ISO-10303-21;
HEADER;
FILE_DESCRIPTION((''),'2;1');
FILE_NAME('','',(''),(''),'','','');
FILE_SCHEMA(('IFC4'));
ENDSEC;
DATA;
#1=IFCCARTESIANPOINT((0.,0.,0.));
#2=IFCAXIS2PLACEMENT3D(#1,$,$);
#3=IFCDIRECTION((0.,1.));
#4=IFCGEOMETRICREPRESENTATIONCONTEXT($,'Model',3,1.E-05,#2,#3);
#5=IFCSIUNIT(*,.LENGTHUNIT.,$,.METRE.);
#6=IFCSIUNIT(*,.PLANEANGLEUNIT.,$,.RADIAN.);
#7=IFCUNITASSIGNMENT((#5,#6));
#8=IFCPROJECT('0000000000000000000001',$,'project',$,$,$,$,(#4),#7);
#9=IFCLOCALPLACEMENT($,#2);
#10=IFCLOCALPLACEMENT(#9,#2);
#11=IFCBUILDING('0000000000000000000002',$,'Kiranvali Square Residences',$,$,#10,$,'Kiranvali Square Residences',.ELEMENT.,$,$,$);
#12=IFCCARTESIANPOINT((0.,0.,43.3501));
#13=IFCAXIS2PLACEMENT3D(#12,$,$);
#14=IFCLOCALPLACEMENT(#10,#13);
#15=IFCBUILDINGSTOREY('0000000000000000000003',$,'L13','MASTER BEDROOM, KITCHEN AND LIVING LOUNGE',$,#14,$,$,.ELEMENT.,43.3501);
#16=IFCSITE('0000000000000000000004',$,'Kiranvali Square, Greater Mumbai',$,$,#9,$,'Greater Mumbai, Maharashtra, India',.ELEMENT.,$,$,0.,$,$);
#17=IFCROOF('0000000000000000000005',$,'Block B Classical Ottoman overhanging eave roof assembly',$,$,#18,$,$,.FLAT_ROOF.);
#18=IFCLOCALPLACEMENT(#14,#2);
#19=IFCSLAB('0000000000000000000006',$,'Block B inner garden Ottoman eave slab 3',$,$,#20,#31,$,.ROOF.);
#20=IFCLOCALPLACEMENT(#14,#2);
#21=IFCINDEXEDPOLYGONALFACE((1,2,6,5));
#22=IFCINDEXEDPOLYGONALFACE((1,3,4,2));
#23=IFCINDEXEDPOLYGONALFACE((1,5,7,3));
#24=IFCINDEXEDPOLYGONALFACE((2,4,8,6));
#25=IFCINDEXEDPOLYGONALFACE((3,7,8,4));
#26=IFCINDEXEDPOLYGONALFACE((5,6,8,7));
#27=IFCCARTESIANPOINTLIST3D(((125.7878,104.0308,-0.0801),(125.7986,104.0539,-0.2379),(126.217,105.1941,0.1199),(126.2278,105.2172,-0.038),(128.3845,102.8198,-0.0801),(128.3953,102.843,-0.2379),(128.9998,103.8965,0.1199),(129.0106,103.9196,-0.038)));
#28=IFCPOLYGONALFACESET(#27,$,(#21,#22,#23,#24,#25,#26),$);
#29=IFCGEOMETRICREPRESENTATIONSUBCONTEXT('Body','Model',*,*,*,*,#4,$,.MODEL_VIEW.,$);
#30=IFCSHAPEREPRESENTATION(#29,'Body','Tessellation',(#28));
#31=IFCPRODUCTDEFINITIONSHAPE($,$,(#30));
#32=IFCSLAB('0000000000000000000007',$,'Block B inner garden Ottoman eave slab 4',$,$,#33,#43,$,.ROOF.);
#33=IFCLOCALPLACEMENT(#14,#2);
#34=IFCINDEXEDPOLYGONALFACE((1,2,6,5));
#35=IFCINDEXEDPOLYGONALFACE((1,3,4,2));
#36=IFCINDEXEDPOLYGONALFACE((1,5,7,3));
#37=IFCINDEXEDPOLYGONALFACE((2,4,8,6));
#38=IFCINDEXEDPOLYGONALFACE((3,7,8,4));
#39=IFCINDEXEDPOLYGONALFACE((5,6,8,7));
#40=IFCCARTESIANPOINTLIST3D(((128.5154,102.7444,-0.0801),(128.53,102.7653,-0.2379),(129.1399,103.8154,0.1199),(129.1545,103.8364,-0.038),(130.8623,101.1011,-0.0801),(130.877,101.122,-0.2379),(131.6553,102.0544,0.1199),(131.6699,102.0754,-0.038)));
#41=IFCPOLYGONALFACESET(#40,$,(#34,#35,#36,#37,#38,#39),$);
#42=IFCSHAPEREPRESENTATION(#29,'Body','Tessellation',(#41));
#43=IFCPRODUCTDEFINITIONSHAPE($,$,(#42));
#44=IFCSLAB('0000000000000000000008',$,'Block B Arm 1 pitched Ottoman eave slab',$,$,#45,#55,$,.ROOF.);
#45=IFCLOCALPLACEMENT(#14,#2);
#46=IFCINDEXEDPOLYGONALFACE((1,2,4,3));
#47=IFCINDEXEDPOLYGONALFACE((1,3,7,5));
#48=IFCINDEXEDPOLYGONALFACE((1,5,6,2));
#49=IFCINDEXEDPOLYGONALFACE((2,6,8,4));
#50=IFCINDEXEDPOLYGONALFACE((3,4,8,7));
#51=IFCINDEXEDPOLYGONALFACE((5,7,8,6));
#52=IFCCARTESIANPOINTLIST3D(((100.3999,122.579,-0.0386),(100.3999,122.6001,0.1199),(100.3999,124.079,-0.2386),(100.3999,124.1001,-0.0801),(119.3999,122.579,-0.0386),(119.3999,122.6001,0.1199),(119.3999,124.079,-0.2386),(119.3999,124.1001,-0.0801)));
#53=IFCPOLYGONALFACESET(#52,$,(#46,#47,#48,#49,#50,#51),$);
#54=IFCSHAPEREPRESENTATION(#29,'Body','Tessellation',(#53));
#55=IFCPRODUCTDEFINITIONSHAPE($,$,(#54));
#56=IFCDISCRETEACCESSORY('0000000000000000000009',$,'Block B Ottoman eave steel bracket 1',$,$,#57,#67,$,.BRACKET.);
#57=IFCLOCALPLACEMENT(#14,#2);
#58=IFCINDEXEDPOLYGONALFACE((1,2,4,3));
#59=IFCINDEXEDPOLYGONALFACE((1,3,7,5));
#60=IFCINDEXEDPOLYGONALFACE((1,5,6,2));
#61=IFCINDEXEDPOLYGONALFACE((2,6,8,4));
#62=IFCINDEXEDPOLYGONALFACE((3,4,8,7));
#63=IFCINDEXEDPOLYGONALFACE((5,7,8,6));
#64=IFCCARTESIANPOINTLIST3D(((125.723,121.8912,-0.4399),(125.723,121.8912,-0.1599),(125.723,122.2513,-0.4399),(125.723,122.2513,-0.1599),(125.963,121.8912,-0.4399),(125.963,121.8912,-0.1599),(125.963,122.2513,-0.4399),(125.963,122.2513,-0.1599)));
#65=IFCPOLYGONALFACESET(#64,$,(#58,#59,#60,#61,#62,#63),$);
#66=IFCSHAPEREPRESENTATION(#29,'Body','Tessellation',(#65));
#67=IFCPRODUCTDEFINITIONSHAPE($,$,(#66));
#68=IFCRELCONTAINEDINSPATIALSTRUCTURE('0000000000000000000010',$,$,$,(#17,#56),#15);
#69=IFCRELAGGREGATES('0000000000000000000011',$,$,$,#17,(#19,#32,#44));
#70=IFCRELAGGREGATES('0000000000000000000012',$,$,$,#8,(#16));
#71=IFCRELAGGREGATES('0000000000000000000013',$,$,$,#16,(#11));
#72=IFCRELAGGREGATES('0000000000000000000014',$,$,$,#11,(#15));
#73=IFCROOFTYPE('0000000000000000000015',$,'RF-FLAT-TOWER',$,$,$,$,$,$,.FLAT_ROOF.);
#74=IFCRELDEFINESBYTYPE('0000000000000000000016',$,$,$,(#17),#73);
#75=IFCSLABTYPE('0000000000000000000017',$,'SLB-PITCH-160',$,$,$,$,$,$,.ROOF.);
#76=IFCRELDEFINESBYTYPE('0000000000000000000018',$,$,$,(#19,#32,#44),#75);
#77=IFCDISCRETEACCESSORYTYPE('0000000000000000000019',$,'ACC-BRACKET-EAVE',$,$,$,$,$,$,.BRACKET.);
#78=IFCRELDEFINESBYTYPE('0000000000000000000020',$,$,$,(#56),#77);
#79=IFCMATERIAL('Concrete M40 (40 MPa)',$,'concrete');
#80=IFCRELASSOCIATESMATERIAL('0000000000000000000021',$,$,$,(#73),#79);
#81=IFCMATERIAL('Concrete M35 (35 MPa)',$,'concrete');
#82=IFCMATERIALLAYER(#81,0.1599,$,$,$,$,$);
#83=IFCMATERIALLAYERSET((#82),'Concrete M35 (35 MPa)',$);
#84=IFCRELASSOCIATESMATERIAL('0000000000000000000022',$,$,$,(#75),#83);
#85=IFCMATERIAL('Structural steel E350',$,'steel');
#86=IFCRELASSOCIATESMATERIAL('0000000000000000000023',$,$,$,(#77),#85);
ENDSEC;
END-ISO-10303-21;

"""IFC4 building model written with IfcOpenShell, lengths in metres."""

from ifc_helpers import new_model, si_unit, direction, frame, origin, origin_2d, place, context, subcontext, project, spatial, polyline, rectangle, outline, extrude, material, layer, layer_set, type_object, element, aggregate, save


model = new_model("IFC4")

# Units and contexts
model_context = context("Model", 3, precision=1e-05, world=origin(), true_north=direction((0.0, 1.0)))
body_context = subcontext(model_context, "Body", "Model", "MODEL_VIEW")
ifc_project = project(units=[si_unit("LENGTHUNIT", "METRE"), si_unit("PLANEANGLEUNIT", "RADIAN")], contexts=[model_context])

# Site, building, storey
site_placement = place(None, origin())
site = spatial("IfcSite", under=ifc_project, at=site_placement, Name="Kiranvali Square, Greater Mumbai", LongName="Greater Mumbai, Maharashtra, India", CompositionType="ELEMENT", RefElevation=0.0)
building_placement = place(site_placement, origin())
building = spatial("IfcBuilding", under=site, at=building_placement, Name="Kiranvali Square Residences", LongName="Kiranvali Square Residences", CompositionType="ELEMENT")
storey_placement = place(building_placement, frame((0.0, 0.0, 43.3501)))
storey = spatial("IfcBuildingStorey", under=building, at=storey_placement, Name="L13", Description="MASTER BEDROOM, KITCHEN AND LIVING LOUNGE", CompositionType="ELEMENT", Elevation=43.3501)

# Shared definitions
ifc_material_1 = material(Name="Structural steel E350", Category="steel")

# Roof, slabs
ifc_material_2 = material(Name="Concrete M40 (40 MPa)", Category="concrete")
roof_type = type_object("IfcRoofType", Name="RF-FLAT-TOWER", PredefinedType="FLAT_ROOF", material=ifc_material_2)
roof_placement = place(storey_placement, origin())
roof = element("IfcRoof", 1, at=roof_placement, inside=storey, type_object=roof_type, Name="Block B Classical Ottoman overhanging eave roof assembly", PredefinedType="FLAT_ROOF")
ifc_material_3 = material(Name="Concrete M35 (35 MPa)", Category="concrete")
ifc_layer_1 = layer(ifc_material_3, 0.1599)
ifc_layer_set_1 = layer_set([ifc_layer_1], Name="Concrete M35 (35 MPa)")
slab_type = type_object("IfcSlabType", Name="SLB-PITCH-160", PredefinedType="ROOF", material=ifc_layer_set_1)
slab_1_placement = place(storey_placement, frame((126.217, 105.1941, 0.1199), z_axis=(-0.067506, -0.144761, 0.987161), x_axis=(0.906307, -0.42262, 0.000002)))
slab_1 = element("IfcSlab", 2, at=slab_1_placement, type_object=slab_type, Name="Block B inner garden Ottoman eave slab 3", PredefinedType="ROOF", context=body_context, shape_type="SweptSolid", body=[
    extrude(outline(polyline([(0.0, 0.0), (3.0704, 0.0), (2.9678, -1.2519), (0.1027, -1.2518), (0.0, 0.0)])), origin(), (0.0, 0.0, -1.0), 0.1599),
])
slab_2_placement = place(storey_placement, frame((129.1399, 103.8154, 0.1199), z_axis=(-0.091616, -0.130854, 0.987159), x_axis=(0.819198, -0.573511, 0.000006)))
slab_2 = element("IfcSlab", 3, at=slab_2_placement, type_object=slab_type, Name="Block B inner garden Ottoman eave slab 4", PredefinedType="ROOF", context=body_context, shape_type="SweptSolid", body=[
    extrude(outline(polyline([(0.0, 0.0), (3.0705, 0.0), (2.9677, -1.2518), (0.1027, -1.2516), (0.0, 0.0)])), origin(), (0.0, 0.0, -1.0), 0.1599),
])
slab_3_placement = place(storey_placement, frame((119.3999, 122.6001, 0.1199), z_axis=(0.0, 0.132132, 0.991232), x_axis=(-1.0, 0.0, 0.0)))
slab_3 = element("IfcSlab", 4, at=slab_3_placement, type_object=slab_type, Name="Block B Arm 1 pitched Ottoman eave slab", PredefinedType="ROOF", context=body_context, shape_type="SweptSolid", body=[
    extrude(outline(polyline([(0.0, 0.0), (19.0, 0.0), (19.0, -1.5133), (0.0, -1.5133), (0.0, 0.0)])), origin(), (0.0, 0.0, -1.0), 0.1599),
])
aggregate(roof, [slab_1, slab_2, slab_3])

# Discrete accessory
discrete_accessory_type = type_object("IfcDiscreteAccessoryType", Name="ACC-BRACKET-EAVE", PredefinedType="BRACKET", material=ifc_material_1)
discrete_accessory_placement = place(storey_placement, frame((125.843, 122.0713, -0.4399), z_axis=(0.0, 0.0, 1.0), x_axis=(1.0, 0.0, 0.0)))
element("IfcDiscreteAccessory", 5, at=discrete_accessory_placement, inside=storey, type_object=discrete_accessory_type, Name="Block B Ottoman eave steel bracket 1", PredefinedType="BRACKET", context=body_context, shape_type="SweptSolid", body=[
    extrude(rectangle(XDim=0.24, YDim=0.3601, at=origin_2d()), origin(), (0.0, 0.0, 1.0), 0.28),
])

save(model, "model.ifc")
